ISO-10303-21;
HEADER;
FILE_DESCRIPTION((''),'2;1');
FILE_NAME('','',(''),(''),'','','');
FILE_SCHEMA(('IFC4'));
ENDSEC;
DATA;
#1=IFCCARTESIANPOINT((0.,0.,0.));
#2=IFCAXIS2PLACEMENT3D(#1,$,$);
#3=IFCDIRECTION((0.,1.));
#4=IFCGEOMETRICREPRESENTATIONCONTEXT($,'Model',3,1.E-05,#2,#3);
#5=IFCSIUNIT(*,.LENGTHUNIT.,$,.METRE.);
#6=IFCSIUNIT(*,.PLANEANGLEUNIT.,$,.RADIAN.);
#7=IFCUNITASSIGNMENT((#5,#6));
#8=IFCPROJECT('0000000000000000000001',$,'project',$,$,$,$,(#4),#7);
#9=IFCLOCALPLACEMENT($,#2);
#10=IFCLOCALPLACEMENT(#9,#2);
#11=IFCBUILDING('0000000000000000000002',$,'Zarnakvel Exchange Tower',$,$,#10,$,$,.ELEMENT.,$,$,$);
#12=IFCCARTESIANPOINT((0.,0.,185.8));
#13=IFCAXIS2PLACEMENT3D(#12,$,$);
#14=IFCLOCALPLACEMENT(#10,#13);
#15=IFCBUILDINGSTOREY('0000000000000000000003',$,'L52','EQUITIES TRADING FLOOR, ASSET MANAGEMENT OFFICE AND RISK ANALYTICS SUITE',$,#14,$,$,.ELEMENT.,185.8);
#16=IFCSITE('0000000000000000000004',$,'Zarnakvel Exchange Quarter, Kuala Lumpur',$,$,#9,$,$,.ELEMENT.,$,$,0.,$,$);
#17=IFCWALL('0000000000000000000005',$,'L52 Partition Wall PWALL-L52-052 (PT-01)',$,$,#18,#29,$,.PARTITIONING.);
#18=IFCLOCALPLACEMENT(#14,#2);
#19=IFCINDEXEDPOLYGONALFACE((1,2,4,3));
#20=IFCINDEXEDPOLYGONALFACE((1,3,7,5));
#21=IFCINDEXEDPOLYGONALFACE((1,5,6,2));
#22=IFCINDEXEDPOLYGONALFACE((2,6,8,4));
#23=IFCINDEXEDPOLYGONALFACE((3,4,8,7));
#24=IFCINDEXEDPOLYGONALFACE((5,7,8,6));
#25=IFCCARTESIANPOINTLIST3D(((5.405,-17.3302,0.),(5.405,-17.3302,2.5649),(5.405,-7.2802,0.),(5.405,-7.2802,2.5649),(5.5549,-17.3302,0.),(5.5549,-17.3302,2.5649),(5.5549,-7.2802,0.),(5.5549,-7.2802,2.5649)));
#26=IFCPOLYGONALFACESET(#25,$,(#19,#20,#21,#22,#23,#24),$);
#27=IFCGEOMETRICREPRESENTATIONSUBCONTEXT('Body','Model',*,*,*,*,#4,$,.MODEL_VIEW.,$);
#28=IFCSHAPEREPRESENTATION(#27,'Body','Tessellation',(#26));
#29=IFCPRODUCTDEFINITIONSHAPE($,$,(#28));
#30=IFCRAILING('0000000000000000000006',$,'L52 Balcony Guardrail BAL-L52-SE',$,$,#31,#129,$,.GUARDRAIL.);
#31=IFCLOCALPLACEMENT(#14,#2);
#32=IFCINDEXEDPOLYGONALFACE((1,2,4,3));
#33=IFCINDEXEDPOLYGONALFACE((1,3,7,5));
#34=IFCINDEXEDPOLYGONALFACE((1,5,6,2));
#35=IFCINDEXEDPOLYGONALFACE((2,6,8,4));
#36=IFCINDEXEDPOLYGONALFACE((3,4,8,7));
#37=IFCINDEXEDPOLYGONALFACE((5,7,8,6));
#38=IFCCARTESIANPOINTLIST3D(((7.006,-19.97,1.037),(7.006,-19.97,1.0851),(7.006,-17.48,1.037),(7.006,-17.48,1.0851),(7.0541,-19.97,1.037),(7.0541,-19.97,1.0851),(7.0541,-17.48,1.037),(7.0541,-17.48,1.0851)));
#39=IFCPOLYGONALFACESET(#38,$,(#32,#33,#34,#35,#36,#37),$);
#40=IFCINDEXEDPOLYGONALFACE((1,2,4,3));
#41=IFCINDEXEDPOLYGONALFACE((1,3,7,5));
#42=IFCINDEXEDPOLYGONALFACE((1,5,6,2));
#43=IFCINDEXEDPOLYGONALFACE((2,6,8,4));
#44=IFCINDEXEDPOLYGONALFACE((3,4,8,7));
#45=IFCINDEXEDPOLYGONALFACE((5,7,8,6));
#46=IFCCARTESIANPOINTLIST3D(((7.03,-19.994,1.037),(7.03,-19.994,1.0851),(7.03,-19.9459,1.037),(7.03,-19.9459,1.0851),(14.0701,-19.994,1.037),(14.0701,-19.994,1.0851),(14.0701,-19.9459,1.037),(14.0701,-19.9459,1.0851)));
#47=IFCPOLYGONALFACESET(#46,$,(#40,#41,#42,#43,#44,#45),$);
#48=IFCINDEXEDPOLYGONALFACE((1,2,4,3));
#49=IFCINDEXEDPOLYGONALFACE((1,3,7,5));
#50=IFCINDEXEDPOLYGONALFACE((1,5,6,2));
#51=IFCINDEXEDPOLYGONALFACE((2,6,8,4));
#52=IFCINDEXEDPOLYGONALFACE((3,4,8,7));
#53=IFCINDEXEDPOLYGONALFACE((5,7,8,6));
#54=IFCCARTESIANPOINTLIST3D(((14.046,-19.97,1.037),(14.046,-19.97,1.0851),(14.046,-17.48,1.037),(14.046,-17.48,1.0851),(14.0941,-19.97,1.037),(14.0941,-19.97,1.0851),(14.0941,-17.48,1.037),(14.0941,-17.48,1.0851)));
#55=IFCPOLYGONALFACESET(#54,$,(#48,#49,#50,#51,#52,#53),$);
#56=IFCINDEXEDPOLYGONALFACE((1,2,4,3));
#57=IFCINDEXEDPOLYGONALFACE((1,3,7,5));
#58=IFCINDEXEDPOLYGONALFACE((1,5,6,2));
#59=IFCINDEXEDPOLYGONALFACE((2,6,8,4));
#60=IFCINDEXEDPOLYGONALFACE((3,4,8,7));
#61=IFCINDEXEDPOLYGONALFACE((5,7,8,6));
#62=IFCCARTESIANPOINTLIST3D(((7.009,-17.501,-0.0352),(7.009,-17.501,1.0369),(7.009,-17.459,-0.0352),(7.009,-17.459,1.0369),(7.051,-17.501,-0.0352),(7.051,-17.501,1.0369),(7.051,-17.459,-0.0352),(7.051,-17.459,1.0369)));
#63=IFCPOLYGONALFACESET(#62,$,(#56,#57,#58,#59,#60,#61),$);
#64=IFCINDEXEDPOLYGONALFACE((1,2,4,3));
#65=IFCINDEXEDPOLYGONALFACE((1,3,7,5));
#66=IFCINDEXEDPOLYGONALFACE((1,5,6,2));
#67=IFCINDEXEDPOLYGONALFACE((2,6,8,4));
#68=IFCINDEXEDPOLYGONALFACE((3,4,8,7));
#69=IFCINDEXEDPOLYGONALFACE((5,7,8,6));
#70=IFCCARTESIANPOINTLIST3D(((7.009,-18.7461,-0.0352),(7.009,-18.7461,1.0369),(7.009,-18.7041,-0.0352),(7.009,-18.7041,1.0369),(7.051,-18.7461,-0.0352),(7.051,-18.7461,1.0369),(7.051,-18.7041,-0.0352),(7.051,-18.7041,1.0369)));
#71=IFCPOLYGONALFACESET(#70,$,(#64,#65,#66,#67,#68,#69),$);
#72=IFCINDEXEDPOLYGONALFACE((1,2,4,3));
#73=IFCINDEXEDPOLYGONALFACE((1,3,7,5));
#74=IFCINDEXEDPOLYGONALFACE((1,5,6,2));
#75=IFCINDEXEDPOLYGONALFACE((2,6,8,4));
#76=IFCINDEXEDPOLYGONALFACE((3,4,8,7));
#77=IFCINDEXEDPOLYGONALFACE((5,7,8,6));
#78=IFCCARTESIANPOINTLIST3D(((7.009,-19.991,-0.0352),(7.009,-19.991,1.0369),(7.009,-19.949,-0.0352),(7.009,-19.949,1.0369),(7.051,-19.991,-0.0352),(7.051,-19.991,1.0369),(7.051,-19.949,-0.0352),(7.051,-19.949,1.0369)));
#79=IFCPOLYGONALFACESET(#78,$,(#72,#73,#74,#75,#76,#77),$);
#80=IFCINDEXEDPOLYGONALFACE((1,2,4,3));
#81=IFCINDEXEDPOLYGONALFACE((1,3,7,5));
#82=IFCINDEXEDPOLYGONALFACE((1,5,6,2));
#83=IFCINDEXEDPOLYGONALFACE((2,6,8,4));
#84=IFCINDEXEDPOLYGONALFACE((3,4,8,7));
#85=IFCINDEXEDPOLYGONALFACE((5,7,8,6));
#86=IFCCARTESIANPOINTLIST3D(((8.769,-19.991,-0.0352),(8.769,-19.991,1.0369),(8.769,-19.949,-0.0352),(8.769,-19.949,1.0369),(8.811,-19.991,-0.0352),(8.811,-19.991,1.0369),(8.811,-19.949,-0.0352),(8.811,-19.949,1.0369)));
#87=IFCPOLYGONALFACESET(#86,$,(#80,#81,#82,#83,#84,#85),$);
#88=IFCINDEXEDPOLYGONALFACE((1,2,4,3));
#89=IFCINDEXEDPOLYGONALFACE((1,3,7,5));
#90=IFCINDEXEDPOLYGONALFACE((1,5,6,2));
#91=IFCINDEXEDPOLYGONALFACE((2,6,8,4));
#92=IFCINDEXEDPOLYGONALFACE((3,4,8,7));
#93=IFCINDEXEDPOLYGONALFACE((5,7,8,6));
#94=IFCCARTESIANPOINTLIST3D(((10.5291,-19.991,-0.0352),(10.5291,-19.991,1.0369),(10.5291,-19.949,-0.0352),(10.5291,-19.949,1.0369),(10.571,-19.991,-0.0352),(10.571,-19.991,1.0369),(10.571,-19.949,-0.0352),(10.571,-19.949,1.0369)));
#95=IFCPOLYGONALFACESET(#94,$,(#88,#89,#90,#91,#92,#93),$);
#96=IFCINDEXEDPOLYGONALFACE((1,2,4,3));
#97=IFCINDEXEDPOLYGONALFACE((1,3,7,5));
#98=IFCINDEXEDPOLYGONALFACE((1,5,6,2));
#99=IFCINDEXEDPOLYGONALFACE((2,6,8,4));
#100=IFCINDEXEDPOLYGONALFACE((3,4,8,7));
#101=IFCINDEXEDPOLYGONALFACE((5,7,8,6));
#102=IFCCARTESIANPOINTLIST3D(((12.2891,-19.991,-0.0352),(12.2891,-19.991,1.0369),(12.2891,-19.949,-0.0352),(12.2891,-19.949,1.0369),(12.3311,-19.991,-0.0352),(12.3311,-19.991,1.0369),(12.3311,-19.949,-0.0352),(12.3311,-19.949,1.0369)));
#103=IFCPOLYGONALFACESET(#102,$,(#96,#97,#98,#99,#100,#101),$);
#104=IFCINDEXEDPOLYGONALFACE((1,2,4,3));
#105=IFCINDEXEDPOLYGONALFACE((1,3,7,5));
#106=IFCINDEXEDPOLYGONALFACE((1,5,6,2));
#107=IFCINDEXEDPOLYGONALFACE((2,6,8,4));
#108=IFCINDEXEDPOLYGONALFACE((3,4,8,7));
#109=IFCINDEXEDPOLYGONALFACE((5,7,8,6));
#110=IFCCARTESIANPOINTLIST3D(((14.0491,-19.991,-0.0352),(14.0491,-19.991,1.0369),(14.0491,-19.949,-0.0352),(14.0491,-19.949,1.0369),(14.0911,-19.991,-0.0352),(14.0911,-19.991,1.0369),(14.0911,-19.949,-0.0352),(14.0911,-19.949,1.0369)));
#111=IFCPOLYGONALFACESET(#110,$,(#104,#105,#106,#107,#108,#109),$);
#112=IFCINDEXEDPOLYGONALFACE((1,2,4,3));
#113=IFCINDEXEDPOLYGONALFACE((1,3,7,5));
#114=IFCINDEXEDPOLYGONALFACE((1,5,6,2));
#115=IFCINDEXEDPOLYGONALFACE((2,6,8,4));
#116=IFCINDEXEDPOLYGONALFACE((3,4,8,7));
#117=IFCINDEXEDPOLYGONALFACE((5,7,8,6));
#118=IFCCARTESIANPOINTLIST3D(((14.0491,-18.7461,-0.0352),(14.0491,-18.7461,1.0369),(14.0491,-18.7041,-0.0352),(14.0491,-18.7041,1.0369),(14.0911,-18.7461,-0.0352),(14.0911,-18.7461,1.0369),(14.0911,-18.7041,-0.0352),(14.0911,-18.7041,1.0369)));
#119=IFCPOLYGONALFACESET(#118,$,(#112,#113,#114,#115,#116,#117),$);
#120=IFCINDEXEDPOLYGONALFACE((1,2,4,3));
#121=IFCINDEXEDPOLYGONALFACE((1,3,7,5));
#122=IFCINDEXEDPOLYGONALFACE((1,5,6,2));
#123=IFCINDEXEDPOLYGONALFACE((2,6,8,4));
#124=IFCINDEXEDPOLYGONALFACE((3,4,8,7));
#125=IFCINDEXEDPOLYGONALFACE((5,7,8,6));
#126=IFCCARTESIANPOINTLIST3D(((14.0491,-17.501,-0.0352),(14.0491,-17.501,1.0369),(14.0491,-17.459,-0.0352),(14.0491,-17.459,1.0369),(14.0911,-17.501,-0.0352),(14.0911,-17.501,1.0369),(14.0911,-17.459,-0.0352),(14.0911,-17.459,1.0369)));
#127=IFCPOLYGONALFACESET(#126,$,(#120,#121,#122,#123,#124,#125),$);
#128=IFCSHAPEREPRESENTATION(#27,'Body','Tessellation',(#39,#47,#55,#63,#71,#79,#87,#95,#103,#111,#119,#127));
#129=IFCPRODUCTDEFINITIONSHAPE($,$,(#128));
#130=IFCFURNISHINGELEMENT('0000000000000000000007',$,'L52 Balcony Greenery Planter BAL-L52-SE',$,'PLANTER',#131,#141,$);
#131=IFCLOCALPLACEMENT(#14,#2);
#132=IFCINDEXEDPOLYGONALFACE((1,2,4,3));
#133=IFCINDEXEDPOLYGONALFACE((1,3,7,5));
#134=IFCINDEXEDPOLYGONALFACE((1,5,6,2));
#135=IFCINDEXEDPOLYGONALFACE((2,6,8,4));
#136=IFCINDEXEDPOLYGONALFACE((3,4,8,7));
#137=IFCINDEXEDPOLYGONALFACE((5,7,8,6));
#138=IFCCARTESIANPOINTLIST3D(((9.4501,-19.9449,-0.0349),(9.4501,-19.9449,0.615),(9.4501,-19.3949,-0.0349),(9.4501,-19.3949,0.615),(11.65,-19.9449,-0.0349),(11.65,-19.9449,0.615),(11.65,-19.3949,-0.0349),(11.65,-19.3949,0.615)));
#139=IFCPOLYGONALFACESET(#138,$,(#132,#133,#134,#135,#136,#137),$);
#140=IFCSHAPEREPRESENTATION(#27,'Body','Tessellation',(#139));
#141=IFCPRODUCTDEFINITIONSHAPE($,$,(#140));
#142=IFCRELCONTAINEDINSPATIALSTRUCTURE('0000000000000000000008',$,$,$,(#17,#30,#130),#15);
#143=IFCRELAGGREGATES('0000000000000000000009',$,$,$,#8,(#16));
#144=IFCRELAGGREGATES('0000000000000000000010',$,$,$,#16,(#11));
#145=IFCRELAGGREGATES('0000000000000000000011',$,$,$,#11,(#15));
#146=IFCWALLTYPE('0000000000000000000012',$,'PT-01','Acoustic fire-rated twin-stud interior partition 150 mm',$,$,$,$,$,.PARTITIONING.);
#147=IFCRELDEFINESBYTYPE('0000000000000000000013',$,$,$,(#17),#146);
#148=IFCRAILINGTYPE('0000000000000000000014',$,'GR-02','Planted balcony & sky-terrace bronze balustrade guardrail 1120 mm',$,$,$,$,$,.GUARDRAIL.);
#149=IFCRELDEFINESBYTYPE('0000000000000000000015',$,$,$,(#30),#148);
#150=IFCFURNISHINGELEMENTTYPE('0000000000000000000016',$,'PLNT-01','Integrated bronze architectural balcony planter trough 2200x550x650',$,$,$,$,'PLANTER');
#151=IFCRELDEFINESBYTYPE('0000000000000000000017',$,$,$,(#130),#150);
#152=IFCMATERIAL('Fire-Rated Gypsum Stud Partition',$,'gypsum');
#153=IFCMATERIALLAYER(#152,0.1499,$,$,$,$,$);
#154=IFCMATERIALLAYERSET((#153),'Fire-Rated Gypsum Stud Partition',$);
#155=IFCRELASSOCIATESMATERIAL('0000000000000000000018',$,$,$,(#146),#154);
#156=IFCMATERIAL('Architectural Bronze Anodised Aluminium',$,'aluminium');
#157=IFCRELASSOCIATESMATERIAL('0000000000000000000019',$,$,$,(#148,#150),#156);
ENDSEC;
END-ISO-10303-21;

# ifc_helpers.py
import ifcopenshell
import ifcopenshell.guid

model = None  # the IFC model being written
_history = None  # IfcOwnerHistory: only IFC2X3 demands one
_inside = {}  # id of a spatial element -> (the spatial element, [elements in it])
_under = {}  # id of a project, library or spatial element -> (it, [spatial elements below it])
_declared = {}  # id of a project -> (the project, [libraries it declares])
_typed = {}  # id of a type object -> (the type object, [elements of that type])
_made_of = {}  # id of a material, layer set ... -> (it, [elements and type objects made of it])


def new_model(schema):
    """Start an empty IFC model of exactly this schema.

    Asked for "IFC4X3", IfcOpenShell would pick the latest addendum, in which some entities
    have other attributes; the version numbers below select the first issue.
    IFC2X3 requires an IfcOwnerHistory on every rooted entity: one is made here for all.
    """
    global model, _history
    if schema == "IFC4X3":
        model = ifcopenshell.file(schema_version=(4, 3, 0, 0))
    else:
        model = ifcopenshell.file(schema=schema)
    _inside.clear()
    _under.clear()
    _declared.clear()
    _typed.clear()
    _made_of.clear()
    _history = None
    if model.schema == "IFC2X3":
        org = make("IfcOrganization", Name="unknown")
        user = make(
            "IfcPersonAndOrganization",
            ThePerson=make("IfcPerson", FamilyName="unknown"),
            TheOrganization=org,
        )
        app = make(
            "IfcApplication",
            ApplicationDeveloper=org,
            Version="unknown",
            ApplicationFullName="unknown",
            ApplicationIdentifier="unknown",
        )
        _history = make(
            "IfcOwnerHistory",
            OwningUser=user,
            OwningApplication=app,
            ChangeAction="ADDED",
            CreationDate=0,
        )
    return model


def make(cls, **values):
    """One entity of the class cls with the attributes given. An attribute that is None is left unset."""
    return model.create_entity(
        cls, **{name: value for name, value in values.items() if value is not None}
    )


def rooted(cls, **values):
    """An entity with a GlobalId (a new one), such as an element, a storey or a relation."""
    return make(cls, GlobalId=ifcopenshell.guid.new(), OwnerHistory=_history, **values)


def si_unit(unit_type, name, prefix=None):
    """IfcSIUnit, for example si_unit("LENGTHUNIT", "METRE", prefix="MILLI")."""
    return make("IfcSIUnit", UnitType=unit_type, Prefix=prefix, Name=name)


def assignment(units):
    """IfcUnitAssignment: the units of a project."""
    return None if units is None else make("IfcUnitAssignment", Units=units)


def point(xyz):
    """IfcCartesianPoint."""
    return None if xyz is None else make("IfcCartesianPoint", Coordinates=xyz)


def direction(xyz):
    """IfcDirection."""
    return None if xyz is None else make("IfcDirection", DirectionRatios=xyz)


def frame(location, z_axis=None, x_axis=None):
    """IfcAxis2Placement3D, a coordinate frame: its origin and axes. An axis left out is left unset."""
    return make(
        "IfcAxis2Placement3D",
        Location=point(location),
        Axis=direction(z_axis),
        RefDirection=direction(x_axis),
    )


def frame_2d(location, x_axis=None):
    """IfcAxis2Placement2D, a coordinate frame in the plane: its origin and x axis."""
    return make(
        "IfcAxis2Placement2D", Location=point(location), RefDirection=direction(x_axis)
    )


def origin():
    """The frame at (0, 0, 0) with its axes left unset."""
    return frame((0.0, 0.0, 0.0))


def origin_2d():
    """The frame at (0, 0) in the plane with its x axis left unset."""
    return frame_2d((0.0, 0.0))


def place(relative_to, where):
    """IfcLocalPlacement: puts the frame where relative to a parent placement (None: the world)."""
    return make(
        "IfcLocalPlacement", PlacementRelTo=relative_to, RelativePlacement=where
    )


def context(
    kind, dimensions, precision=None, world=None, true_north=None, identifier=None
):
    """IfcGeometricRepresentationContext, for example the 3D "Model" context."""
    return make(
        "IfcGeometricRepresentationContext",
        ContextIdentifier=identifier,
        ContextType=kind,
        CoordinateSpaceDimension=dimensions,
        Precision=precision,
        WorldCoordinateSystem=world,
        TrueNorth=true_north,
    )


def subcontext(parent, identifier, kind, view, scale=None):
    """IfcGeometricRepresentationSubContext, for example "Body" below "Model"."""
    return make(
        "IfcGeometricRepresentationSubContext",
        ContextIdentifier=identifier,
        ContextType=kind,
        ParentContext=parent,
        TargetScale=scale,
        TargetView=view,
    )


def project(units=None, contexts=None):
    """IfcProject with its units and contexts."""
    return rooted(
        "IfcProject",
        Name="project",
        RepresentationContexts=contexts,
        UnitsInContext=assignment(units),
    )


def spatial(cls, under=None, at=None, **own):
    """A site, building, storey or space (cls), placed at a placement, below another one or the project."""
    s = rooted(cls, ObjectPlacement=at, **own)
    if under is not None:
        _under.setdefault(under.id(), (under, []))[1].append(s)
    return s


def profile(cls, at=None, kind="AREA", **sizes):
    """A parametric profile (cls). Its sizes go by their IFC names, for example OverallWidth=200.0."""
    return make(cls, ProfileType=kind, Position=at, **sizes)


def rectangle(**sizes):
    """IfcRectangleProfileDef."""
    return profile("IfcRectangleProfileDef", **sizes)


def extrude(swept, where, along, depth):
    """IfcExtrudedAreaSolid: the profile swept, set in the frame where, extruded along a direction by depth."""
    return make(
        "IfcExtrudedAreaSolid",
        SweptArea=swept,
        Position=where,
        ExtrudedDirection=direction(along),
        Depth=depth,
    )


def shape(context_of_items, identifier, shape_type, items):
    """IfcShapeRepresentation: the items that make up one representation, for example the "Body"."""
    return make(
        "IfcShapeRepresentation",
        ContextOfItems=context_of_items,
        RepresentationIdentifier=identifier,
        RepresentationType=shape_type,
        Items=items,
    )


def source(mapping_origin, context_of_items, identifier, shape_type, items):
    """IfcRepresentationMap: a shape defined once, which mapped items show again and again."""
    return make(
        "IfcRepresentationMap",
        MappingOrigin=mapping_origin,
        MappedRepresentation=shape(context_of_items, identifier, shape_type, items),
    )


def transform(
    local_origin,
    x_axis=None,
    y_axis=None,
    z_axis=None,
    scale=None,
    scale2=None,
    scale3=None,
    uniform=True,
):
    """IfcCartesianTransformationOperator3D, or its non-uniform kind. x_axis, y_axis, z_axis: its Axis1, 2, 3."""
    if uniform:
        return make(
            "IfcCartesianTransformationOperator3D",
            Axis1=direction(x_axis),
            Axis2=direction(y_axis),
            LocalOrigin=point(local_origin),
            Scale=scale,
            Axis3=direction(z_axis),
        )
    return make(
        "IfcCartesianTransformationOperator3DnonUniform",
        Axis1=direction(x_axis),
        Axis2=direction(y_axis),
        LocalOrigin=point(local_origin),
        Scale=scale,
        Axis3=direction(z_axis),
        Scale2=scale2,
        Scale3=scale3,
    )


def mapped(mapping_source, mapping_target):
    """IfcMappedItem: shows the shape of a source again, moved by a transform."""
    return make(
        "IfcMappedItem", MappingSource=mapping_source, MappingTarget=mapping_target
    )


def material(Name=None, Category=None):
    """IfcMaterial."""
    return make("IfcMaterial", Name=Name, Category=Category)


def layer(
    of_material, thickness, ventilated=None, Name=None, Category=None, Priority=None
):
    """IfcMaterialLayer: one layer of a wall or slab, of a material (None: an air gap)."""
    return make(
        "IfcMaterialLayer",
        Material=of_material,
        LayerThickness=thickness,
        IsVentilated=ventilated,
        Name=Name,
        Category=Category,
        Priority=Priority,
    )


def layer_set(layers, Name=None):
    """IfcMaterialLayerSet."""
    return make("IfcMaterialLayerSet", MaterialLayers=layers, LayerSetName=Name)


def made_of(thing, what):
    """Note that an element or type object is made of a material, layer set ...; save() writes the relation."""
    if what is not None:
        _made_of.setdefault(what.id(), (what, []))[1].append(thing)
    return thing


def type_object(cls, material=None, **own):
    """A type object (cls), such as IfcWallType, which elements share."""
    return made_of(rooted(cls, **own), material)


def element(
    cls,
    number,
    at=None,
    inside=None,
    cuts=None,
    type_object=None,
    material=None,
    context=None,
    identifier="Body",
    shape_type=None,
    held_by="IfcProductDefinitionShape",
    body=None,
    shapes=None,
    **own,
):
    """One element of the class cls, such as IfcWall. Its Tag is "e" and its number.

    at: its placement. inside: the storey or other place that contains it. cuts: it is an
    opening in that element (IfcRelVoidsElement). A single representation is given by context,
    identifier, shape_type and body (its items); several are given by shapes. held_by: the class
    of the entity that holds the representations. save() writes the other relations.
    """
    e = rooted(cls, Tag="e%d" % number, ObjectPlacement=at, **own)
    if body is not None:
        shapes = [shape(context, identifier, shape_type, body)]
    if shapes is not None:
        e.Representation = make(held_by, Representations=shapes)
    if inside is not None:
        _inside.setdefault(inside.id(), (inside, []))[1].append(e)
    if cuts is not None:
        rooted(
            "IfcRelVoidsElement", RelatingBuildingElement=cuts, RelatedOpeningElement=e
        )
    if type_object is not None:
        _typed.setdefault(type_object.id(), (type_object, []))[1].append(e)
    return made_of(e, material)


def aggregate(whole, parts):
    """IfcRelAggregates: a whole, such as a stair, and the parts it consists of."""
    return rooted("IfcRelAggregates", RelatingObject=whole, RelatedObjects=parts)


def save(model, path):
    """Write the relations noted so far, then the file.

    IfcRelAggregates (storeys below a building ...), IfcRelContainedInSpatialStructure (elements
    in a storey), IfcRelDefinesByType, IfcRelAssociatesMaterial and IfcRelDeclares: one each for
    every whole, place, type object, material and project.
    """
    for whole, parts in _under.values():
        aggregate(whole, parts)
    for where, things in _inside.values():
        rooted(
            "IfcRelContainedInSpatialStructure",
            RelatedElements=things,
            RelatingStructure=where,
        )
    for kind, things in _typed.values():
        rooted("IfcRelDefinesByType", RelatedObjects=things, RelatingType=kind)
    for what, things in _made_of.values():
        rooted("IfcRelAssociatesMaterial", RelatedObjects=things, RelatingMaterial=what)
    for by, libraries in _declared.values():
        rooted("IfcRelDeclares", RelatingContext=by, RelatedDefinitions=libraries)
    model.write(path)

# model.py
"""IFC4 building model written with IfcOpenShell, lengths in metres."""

from ifc_helpers import new_model, si_unit, direction, frame, frame_2d, origin, origin_2d, place, context, subcontext, project, spatial, rectangle, extrude, source, transform, mapped, material, layer, layer_set, type_object, element, save


model = new_model("IFC4")

# Units and contexts
model_context = context("Model", 3, precision=1e-05, world=origin(), true_north=direction((0.0, 1.0)))
body_context = subcontext(model_context, "Body", "Model", "MODEL_VIEW")
ifc_project = project(units=[si_unit("LENGTHUNIT", "METRE"), si_unit("PLANEANGLEUNIT", "RADIAN")], contexts=[model_context])

# Site, building, storey
site_placement = place(None, origin())
site = spatial("IfcSite", under=ifc_project, at=site_placement, Name="Zarnakvel Exchange Quarter, Kuala Lumpur", CompositionType="ELEMENT", RefElevation=0.0)
building_placement = place(site_placement, origin())
building = spatial("IfcBuilding", under=site, at=building_placement, Name="Zarnakvel Exchange Tower", CompositionType="ELEMENT")
storey_placement = place(building_placement, frame((0.0, 0.0, 185.8)))
storey = spatial("IfcBuildingStorey", under=building, at=storey_placement, Name="L52", Description="EQUITIES TRADING FLOOR, ASSET MANAGEMENT OFFICE AND RISK ANALYTICS SUITE", CompositionType="ELEMENT", Elevation=185.8)

# Shared definitions
ifc_material_1 = material(Name="Architectural Bronze Anodised Aluminium", Category="aluminium")

# Wall
ifc_material_2 = material(Name="Fire-Rated Gypsum Stud Partition", Category="gypsum")
ifc_layer_1 = layer(ifc_material_2, 0.1499)
ifc_layer_set_1 = layer_set([ifc_layer_1], Name="Fire-Rated Gypsum Stud Partition")
wall_type_1 = type_object("IfcWallType", Name="PT-01", Description="Acoustic fire-rated twin-stud interior partition 150 mm", PredefinedType="PARTITIONING", material=ifc_layer_set_1)
wall_1_placement = place(storey_placement, frame((5.48, -17.3301, 0.0), z_axis=(0.0, 0.0, 1.0), x_axis=(0.0, 1.0, 0.0)))
element("IfcWall", 1, at=wall_1_placement, inside=storey, type_object=wall_type_1, Name="L52 Partition Wall PWALL-L52-052 (PT-01)", PredefinedType="PARTITIONING", context=body_context, shape_type="SweptSolid", body=[
    extrude(rectangle(XDim=10.05, YDim=0.1499, at=frame_2d((5.0249, 0.0))), origin(), (0.0, 0.0, 1.0), 2.5649),
])

# Railing
railing_type = type_object("IfcRailingType", Name="GR-02", Description="Planted balcony & sky-terrace bronze balustrade guardrail 1120 mm", PredefinedType="GUARDRAIL", material=ifc_material_1)
railing_placement = place(storey_placement, frame((7.03, -17.48, -0.0352)))
element("IfcRailing", 2, at=railing_placement, inside=storey, type_object=railing_type, Name="L52 Balcony Guardrail BAL-L52-SE", PredefinedType="GUARDRAIL", context=body_context, shape_type="SweptSolid", body=[
    extrude(rectangle(XDim=0.0481, YDim=0.0481, at=origin_2d()), frame((0.0, 0.0, 1.0962), z_axis=(0.0, -1.0, 0.0), x_axis=(1.0, 0.0, 0.0)), (0.0, 0.0, 1.0), 2.49),
    extrude(rectangle(XDim=0.0481, YDim=0.0481, at=origin_2d()), frame((0.0, -2.49, 1.0962), z_axis=(1.0, 0.0, 0.0), x_axis=(0.0, 1.0, 0.0)), (0.0, 0.0, 1.0), 7.04),
    extrude(rectangle(XDim=0.0481, YDim=0.0481, at=origin_2d()), frame((7.04, -2.49, 1.0962), z_axis=(0.0, 1.0, 0.0), x_axis=(-1.0, 0.0, 0.0)), (0.0, 0.0, 1.0), 2.49),
    extrude(rectangle(XDim=0.042, YDim=0.042, at=origin_2d()), origin(), (0.0, 0.0, 1.0), 1.072),
    extrude(rectangle(XDim=0.042, YDim=0.042, at=origin_2d()), frame((0.0, -1.2451, 0.0)), (0.0, 0.0, 1.0), 1.072),
    extrude(rectangle(XDim=0.042, YDim=0.042, at=origin_2d()), frame((0.0, -2.49, 0.0)), (0.0, 0.0, 1.0), 1.072),
    extrude(rectangle(XDim=0.042, YDim=0.042, at=origin_2d()), frame((1.76, -2.49, 0.0)), (0.0, 0.0, 1.0), 1.072),
    extrude(rectangle(XDim=0.042, YDim=0.042, at=origin_2d()), frame((3.52, -2.49, 0.0)), (0.0, 0.0, 1.0), 1.072),
    extrude(rectangle(XDim=0.042, YDim=0.042, at=origin_2d()), frame((5.28, -2.49, 0.0)), (0.0, 0.0, 1.0), 1.072),
    extrude(rectangle(XDim=0.042, YDim=0.042, at=origin_2d()), frame((7.04, -2.49, 0.0)), (0.0, 0.0, 1.0), 1.072),
    extrude(rectangle(XDim=0.042, YDim=0.042, at=origin_2d()), frame((7.04, -1.2451, 0.0)), (0.0, 0.0, 1.0), 1.072),
    extrude(rectangle(XDim=0.042, YDim=0.042, at=origin_2d()), frame((7.04, 0.0, 0.0)), (0.0, 0.0, 1.0), 1.072),
])

# Furnishing element
furnishing_element_type = type_object("IfcFurnishingElementType", Name="PLNT-01", Description="Integrated bronze architectural balcony planter trough 2200x550x650", ElementType="PLANTER", material=ifc_material_1)
shared_shape_1 = source(origin(), body_context, "Body", "SweptSolid", [
    extrude(rectangle(XDim=2.2, YDim=0.55, at=origin_2d()), origin(), (0.0, 0.0, 1.0), 0.6499),
])
furnishing_placement = place(storey_placement, frame((10.55, -19.6699, -0.0349), z_axis=(0.0, 0.0, 1.0), x_axis=(1.0, 0.0, 0.0)))
element("IfcFurnishingElement", 3, at=furnishing_placement, inside=storey, type_object=furnishing_element_type, Name="L52 Balcony Greenery Planter BAL-L52-SE", ObjectType="PLANTER", context=body_context, shape_type="MappedRepresentation", body=[
    mapped(shared_shape_1, transform((0.0, 0.0, 0.0), x_axis=(1.0, 0.0, 0.0), y_axis=(0.0, 1.0, 0.0), z_axis=(0.0, 0.0, 1.0), scale=1.0)),
])

save(model, "model.ifc")
